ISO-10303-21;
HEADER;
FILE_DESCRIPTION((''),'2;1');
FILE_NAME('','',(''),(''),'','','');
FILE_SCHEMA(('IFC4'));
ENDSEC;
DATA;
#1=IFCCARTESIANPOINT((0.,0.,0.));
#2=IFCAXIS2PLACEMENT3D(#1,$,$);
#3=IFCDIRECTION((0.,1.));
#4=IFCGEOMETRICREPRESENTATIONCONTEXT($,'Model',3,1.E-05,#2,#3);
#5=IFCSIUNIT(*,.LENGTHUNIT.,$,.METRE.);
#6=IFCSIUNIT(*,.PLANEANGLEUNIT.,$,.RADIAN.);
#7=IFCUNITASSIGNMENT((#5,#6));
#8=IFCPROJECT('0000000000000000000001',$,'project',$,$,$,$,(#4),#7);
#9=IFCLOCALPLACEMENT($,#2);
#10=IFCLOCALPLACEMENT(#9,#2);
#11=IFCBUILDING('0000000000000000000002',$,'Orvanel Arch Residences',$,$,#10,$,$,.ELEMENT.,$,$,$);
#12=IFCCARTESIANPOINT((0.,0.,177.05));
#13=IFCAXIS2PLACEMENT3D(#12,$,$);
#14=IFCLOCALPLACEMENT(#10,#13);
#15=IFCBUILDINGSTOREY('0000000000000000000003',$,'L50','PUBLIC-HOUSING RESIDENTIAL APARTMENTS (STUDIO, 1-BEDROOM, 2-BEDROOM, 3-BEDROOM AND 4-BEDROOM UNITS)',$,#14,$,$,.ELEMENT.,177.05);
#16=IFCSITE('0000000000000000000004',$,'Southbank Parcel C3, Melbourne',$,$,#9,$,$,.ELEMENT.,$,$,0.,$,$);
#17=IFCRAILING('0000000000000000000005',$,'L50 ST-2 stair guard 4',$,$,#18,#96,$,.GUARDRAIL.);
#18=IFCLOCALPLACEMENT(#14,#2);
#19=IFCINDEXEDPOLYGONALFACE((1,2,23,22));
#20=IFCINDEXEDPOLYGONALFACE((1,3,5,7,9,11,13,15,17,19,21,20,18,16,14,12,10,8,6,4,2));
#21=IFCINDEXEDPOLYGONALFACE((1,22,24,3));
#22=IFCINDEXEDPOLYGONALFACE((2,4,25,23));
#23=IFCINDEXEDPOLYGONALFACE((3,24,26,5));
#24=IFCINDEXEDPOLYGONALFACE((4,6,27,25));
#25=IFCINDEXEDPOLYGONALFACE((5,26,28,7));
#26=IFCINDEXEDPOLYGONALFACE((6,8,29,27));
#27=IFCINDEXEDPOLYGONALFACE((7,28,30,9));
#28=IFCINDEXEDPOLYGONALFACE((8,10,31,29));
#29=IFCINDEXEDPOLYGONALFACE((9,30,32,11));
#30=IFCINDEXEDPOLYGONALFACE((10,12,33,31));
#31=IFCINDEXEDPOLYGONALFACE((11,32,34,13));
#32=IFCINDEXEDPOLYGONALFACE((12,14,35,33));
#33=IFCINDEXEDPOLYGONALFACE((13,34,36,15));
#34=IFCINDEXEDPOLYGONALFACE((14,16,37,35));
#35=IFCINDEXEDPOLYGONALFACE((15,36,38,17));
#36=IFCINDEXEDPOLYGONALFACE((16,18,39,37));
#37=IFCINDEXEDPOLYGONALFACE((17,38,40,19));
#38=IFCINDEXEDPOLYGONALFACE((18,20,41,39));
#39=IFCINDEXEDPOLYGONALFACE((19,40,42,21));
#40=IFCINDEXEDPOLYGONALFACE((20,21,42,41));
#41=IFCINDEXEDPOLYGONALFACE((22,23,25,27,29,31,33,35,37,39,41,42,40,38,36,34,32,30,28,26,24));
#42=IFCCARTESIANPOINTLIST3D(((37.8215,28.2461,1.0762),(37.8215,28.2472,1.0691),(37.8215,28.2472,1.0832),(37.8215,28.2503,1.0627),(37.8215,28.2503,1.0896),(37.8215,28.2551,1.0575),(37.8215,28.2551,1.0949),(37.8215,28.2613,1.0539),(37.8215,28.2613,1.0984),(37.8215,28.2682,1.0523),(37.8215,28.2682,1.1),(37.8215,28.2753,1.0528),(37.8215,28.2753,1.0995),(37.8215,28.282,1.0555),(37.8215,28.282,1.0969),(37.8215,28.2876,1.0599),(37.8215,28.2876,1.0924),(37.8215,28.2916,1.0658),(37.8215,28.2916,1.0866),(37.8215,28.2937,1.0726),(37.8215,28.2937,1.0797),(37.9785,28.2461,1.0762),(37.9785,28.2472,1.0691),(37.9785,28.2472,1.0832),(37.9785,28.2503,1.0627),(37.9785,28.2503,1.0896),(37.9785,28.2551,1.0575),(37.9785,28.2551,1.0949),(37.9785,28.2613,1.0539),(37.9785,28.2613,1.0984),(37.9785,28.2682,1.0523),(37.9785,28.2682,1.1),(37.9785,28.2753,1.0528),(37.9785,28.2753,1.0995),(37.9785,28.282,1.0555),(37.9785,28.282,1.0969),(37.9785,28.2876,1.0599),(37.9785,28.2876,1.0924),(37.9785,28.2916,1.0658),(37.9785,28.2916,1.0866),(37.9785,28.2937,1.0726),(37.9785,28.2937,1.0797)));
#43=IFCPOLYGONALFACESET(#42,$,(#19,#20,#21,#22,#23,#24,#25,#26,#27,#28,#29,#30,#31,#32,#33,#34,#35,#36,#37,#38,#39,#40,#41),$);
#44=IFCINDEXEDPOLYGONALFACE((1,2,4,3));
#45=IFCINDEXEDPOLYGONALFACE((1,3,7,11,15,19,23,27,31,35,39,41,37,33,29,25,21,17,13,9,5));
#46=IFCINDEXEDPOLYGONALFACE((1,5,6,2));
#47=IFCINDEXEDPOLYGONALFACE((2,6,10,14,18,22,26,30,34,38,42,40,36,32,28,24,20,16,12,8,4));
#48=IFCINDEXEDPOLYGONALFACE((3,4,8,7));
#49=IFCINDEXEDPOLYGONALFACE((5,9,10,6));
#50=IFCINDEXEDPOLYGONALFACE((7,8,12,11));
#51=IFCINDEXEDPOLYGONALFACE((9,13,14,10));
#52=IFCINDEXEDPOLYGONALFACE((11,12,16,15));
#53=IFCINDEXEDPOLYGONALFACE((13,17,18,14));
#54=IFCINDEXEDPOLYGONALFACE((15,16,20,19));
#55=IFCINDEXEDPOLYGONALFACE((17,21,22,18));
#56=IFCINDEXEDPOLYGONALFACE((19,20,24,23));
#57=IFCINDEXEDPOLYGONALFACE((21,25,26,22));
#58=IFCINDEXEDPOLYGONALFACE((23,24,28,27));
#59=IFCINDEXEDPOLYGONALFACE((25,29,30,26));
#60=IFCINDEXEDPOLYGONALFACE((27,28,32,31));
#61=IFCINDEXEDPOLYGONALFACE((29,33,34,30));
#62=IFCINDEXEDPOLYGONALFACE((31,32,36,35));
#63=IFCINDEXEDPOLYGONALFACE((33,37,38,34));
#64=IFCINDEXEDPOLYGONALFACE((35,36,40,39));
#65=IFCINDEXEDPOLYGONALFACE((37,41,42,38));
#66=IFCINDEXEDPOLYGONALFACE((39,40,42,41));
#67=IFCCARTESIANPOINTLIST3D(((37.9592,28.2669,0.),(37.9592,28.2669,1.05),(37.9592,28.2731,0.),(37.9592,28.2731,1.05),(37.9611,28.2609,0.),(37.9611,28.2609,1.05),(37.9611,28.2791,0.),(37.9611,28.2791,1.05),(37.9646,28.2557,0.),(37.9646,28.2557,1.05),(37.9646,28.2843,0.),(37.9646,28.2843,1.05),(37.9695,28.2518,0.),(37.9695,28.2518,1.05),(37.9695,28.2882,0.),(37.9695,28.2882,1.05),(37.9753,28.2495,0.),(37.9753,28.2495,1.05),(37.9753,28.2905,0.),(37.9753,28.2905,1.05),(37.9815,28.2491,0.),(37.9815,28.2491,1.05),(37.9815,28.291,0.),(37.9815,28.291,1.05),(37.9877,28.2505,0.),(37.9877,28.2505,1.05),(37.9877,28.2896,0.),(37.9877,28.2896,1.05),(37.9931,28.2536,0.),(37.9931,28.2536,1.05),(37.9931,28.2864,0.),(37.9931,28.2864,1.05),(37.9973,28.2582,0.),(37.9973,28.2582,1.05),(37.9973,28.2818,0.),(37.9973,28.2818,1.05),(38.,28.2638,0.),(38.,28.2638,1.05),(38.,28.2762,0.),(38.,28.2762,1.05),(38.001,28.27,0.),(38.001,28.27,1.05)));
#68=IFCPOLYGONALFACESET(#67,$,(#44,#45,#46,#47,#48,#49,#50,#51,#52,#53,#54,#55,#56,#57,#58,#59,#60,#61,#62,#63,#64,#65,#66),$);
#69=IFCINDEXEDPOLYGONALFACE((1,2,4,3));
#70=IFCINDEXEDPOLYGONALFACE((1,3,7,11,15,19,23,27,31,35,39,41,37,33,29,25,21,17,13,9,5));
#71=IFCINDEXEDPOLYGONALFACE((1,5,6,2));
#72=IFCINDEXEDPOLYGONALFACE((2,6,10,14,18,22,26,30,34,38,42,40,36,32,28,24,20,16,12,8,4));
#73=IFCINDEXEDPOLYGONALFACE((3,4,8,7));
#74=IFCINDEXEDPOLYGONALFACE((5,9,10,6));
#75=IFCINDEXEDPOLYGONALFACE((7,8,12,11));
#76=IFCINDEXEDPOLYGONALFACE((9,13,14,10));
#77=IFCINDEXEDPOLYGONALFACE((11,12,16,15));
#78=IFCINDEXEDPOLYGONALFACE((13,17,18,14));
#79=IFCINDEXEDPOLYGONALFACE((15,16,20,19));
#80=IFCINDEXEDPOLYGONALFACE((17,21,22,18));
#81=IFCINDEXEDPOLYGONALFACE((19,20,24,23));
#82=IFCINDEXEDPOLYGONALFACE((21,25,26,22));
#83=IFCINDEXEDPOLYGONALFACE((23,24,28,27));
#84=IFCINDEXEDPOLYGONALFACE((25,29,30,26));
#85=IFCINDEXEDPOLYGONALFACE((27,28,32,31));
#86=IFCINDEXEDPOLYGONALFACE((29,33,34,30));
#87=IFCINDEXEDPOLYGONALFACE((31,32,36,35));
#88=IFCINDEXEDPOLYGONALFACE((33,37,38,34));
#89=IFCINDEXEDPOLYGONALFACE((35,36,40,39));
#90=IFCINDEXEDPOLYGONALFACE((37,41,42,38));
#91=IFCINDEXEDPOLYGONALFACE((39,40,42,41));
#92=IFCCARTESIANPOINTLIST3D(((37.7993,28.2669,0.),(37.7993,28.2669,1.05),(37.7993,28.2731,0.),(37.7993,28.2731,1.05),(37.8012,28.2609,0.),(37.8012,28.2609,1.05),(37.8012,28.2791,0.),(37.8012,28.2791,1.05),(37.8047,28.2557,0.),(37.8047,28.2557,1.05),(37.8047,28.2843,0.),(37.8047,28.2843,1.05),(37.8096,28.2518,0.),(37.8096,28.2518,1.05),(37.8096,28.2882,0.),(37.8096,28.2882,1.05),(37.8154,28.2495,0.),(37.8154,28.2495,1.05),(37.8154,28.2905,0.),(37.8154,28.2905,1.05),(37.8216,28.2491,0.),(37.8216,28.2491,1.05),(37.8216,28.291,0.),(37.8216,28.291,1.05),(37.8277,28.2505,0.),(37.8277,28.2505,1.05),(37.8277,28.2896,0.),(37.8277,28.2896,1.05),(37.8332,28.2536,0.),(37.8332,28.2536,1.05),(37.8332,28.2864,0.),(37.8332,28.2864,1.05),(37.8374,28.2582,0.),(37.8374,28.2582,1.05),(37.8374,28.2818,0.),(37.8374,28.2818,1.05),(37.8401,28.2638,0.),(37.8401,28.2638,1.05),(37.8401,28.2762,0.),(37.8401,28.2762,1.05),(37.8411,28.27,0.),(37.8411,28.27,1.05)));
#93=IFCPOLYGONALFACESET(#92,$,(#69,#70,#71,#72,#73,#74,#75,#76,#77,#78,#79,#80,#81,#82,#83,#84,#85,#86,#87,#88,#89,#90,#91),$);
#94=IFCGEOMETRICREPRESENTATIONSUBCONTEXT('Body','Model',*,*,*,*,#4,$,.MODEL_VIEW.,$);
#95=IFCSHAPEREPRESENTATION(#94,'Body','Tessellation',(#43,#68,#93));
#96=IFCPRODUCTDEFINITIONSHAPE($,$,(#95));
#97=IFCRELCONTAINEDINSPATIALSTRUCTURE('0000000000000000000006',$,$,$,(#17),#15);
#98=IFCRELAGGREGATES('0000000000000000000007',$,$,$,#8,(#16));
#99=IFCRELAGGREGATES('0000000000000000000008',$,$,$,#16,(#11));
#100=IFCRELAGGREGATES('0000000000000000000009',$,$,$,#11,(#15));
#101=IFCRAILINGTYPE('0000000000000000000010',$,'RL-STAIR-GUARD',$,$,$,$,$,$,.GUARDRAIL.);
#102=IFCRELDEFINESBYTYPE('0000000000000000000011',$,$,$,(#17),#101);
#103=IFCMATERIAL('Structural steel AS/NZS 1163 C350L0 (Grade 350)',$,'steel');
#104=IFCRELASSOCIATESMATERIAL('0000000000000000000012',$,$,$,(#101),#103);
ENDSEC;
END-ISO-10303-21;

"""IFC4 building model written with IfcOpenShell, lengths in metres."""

from ifc_helpers import new_model, si_unit, direction, frame, origin, origin_2d, place, context, subcontext, project, spatial, circle, extrude, material, type_object, element, save


model = new_model("IFC4")

# Units and contexts
model_context = context("Model", 3, precision=1e-05, world=origin(), true_north=direction((0.0, 1.0)))
body_context = subcontext(model_context, "Body", "Model", "MODEL_VIEW")
ifc_project = project(units=[si_unit("LENGTHUNIT", "METRE"), si_unit("PLANEANGLEUNIT", "RADIAN")], contexts=[model_context])

# Site, building, storey
site_placement = place(None, origin())
site = spatial("IfcSite", under=ifc_project, at=site_placement, Name="Southbank Parcel C3, Melbourne", CompositionType="ELEMENT", RefElevation=0.0)
building_placement = place(site_placement, origin())
building = spatial("IfcBuilding", under=site, at=building_placement, Name="Orvanel Arch Residences", CompositionType="ELEMENT")
storey_placement = place(building_placement, frame((0.0, 0.0, 177.05)))
storey = spatial("IfcBuildingStorey", under=building, at=storey_placement, Name="L50", Description="PUBLIC-HOUSING RESIDENTIAL APARTMENTS (STUDIO, 1-BEDROOM, 2-BEDROOM, 3-BEDROOM AND 4-BEDROOM UNITS)", CompositionType="ELEMENT", Elevation=177.05)

# Railing
ifc_material_1 = material(Name="Structural steel AS/NZS 1163 C350L0 (Grade 350)", Category="steel")
railing_type_1 = type_object("IfcRailingType", Name="RL-STAIR-GUARD", PredefinedType="GUARDRAIL", material=ifc_material_1)
railing_1_placement = place(storey_placement, frame((37.98, 28.27, 0.0)))
element("IfcRailing", 1, at=railing_1_placement, inside=storey, type_object=railing_type_1, Name="L50 ST-2 stair guard 4", PredefinedType="GUARDRAIL", context=body_context, shape_type="SweptSolid", body=[
    extrude(circle(Radius=0.0239, at=origin_2d()), frame((-0.0015, 0.0, 1.0762), z_axis=(-1.0, 0.0, 0.0), x_axis=(0.0, -1.0, 0.0)), (0.0, 0.0, 1.0), 0.157),
    extrude(circle(Radius=0.021, at=origin_2d()), origin(), (0.0, 0.0, 1.0), 1.05),
    extrude(circle(Radius=0.021, at=origin_2d()), frame((-0.1599, 0.0, 0.0)), (0.0, 0.0, 1.0), 1.05),
])

save(model, "model.ifc")
